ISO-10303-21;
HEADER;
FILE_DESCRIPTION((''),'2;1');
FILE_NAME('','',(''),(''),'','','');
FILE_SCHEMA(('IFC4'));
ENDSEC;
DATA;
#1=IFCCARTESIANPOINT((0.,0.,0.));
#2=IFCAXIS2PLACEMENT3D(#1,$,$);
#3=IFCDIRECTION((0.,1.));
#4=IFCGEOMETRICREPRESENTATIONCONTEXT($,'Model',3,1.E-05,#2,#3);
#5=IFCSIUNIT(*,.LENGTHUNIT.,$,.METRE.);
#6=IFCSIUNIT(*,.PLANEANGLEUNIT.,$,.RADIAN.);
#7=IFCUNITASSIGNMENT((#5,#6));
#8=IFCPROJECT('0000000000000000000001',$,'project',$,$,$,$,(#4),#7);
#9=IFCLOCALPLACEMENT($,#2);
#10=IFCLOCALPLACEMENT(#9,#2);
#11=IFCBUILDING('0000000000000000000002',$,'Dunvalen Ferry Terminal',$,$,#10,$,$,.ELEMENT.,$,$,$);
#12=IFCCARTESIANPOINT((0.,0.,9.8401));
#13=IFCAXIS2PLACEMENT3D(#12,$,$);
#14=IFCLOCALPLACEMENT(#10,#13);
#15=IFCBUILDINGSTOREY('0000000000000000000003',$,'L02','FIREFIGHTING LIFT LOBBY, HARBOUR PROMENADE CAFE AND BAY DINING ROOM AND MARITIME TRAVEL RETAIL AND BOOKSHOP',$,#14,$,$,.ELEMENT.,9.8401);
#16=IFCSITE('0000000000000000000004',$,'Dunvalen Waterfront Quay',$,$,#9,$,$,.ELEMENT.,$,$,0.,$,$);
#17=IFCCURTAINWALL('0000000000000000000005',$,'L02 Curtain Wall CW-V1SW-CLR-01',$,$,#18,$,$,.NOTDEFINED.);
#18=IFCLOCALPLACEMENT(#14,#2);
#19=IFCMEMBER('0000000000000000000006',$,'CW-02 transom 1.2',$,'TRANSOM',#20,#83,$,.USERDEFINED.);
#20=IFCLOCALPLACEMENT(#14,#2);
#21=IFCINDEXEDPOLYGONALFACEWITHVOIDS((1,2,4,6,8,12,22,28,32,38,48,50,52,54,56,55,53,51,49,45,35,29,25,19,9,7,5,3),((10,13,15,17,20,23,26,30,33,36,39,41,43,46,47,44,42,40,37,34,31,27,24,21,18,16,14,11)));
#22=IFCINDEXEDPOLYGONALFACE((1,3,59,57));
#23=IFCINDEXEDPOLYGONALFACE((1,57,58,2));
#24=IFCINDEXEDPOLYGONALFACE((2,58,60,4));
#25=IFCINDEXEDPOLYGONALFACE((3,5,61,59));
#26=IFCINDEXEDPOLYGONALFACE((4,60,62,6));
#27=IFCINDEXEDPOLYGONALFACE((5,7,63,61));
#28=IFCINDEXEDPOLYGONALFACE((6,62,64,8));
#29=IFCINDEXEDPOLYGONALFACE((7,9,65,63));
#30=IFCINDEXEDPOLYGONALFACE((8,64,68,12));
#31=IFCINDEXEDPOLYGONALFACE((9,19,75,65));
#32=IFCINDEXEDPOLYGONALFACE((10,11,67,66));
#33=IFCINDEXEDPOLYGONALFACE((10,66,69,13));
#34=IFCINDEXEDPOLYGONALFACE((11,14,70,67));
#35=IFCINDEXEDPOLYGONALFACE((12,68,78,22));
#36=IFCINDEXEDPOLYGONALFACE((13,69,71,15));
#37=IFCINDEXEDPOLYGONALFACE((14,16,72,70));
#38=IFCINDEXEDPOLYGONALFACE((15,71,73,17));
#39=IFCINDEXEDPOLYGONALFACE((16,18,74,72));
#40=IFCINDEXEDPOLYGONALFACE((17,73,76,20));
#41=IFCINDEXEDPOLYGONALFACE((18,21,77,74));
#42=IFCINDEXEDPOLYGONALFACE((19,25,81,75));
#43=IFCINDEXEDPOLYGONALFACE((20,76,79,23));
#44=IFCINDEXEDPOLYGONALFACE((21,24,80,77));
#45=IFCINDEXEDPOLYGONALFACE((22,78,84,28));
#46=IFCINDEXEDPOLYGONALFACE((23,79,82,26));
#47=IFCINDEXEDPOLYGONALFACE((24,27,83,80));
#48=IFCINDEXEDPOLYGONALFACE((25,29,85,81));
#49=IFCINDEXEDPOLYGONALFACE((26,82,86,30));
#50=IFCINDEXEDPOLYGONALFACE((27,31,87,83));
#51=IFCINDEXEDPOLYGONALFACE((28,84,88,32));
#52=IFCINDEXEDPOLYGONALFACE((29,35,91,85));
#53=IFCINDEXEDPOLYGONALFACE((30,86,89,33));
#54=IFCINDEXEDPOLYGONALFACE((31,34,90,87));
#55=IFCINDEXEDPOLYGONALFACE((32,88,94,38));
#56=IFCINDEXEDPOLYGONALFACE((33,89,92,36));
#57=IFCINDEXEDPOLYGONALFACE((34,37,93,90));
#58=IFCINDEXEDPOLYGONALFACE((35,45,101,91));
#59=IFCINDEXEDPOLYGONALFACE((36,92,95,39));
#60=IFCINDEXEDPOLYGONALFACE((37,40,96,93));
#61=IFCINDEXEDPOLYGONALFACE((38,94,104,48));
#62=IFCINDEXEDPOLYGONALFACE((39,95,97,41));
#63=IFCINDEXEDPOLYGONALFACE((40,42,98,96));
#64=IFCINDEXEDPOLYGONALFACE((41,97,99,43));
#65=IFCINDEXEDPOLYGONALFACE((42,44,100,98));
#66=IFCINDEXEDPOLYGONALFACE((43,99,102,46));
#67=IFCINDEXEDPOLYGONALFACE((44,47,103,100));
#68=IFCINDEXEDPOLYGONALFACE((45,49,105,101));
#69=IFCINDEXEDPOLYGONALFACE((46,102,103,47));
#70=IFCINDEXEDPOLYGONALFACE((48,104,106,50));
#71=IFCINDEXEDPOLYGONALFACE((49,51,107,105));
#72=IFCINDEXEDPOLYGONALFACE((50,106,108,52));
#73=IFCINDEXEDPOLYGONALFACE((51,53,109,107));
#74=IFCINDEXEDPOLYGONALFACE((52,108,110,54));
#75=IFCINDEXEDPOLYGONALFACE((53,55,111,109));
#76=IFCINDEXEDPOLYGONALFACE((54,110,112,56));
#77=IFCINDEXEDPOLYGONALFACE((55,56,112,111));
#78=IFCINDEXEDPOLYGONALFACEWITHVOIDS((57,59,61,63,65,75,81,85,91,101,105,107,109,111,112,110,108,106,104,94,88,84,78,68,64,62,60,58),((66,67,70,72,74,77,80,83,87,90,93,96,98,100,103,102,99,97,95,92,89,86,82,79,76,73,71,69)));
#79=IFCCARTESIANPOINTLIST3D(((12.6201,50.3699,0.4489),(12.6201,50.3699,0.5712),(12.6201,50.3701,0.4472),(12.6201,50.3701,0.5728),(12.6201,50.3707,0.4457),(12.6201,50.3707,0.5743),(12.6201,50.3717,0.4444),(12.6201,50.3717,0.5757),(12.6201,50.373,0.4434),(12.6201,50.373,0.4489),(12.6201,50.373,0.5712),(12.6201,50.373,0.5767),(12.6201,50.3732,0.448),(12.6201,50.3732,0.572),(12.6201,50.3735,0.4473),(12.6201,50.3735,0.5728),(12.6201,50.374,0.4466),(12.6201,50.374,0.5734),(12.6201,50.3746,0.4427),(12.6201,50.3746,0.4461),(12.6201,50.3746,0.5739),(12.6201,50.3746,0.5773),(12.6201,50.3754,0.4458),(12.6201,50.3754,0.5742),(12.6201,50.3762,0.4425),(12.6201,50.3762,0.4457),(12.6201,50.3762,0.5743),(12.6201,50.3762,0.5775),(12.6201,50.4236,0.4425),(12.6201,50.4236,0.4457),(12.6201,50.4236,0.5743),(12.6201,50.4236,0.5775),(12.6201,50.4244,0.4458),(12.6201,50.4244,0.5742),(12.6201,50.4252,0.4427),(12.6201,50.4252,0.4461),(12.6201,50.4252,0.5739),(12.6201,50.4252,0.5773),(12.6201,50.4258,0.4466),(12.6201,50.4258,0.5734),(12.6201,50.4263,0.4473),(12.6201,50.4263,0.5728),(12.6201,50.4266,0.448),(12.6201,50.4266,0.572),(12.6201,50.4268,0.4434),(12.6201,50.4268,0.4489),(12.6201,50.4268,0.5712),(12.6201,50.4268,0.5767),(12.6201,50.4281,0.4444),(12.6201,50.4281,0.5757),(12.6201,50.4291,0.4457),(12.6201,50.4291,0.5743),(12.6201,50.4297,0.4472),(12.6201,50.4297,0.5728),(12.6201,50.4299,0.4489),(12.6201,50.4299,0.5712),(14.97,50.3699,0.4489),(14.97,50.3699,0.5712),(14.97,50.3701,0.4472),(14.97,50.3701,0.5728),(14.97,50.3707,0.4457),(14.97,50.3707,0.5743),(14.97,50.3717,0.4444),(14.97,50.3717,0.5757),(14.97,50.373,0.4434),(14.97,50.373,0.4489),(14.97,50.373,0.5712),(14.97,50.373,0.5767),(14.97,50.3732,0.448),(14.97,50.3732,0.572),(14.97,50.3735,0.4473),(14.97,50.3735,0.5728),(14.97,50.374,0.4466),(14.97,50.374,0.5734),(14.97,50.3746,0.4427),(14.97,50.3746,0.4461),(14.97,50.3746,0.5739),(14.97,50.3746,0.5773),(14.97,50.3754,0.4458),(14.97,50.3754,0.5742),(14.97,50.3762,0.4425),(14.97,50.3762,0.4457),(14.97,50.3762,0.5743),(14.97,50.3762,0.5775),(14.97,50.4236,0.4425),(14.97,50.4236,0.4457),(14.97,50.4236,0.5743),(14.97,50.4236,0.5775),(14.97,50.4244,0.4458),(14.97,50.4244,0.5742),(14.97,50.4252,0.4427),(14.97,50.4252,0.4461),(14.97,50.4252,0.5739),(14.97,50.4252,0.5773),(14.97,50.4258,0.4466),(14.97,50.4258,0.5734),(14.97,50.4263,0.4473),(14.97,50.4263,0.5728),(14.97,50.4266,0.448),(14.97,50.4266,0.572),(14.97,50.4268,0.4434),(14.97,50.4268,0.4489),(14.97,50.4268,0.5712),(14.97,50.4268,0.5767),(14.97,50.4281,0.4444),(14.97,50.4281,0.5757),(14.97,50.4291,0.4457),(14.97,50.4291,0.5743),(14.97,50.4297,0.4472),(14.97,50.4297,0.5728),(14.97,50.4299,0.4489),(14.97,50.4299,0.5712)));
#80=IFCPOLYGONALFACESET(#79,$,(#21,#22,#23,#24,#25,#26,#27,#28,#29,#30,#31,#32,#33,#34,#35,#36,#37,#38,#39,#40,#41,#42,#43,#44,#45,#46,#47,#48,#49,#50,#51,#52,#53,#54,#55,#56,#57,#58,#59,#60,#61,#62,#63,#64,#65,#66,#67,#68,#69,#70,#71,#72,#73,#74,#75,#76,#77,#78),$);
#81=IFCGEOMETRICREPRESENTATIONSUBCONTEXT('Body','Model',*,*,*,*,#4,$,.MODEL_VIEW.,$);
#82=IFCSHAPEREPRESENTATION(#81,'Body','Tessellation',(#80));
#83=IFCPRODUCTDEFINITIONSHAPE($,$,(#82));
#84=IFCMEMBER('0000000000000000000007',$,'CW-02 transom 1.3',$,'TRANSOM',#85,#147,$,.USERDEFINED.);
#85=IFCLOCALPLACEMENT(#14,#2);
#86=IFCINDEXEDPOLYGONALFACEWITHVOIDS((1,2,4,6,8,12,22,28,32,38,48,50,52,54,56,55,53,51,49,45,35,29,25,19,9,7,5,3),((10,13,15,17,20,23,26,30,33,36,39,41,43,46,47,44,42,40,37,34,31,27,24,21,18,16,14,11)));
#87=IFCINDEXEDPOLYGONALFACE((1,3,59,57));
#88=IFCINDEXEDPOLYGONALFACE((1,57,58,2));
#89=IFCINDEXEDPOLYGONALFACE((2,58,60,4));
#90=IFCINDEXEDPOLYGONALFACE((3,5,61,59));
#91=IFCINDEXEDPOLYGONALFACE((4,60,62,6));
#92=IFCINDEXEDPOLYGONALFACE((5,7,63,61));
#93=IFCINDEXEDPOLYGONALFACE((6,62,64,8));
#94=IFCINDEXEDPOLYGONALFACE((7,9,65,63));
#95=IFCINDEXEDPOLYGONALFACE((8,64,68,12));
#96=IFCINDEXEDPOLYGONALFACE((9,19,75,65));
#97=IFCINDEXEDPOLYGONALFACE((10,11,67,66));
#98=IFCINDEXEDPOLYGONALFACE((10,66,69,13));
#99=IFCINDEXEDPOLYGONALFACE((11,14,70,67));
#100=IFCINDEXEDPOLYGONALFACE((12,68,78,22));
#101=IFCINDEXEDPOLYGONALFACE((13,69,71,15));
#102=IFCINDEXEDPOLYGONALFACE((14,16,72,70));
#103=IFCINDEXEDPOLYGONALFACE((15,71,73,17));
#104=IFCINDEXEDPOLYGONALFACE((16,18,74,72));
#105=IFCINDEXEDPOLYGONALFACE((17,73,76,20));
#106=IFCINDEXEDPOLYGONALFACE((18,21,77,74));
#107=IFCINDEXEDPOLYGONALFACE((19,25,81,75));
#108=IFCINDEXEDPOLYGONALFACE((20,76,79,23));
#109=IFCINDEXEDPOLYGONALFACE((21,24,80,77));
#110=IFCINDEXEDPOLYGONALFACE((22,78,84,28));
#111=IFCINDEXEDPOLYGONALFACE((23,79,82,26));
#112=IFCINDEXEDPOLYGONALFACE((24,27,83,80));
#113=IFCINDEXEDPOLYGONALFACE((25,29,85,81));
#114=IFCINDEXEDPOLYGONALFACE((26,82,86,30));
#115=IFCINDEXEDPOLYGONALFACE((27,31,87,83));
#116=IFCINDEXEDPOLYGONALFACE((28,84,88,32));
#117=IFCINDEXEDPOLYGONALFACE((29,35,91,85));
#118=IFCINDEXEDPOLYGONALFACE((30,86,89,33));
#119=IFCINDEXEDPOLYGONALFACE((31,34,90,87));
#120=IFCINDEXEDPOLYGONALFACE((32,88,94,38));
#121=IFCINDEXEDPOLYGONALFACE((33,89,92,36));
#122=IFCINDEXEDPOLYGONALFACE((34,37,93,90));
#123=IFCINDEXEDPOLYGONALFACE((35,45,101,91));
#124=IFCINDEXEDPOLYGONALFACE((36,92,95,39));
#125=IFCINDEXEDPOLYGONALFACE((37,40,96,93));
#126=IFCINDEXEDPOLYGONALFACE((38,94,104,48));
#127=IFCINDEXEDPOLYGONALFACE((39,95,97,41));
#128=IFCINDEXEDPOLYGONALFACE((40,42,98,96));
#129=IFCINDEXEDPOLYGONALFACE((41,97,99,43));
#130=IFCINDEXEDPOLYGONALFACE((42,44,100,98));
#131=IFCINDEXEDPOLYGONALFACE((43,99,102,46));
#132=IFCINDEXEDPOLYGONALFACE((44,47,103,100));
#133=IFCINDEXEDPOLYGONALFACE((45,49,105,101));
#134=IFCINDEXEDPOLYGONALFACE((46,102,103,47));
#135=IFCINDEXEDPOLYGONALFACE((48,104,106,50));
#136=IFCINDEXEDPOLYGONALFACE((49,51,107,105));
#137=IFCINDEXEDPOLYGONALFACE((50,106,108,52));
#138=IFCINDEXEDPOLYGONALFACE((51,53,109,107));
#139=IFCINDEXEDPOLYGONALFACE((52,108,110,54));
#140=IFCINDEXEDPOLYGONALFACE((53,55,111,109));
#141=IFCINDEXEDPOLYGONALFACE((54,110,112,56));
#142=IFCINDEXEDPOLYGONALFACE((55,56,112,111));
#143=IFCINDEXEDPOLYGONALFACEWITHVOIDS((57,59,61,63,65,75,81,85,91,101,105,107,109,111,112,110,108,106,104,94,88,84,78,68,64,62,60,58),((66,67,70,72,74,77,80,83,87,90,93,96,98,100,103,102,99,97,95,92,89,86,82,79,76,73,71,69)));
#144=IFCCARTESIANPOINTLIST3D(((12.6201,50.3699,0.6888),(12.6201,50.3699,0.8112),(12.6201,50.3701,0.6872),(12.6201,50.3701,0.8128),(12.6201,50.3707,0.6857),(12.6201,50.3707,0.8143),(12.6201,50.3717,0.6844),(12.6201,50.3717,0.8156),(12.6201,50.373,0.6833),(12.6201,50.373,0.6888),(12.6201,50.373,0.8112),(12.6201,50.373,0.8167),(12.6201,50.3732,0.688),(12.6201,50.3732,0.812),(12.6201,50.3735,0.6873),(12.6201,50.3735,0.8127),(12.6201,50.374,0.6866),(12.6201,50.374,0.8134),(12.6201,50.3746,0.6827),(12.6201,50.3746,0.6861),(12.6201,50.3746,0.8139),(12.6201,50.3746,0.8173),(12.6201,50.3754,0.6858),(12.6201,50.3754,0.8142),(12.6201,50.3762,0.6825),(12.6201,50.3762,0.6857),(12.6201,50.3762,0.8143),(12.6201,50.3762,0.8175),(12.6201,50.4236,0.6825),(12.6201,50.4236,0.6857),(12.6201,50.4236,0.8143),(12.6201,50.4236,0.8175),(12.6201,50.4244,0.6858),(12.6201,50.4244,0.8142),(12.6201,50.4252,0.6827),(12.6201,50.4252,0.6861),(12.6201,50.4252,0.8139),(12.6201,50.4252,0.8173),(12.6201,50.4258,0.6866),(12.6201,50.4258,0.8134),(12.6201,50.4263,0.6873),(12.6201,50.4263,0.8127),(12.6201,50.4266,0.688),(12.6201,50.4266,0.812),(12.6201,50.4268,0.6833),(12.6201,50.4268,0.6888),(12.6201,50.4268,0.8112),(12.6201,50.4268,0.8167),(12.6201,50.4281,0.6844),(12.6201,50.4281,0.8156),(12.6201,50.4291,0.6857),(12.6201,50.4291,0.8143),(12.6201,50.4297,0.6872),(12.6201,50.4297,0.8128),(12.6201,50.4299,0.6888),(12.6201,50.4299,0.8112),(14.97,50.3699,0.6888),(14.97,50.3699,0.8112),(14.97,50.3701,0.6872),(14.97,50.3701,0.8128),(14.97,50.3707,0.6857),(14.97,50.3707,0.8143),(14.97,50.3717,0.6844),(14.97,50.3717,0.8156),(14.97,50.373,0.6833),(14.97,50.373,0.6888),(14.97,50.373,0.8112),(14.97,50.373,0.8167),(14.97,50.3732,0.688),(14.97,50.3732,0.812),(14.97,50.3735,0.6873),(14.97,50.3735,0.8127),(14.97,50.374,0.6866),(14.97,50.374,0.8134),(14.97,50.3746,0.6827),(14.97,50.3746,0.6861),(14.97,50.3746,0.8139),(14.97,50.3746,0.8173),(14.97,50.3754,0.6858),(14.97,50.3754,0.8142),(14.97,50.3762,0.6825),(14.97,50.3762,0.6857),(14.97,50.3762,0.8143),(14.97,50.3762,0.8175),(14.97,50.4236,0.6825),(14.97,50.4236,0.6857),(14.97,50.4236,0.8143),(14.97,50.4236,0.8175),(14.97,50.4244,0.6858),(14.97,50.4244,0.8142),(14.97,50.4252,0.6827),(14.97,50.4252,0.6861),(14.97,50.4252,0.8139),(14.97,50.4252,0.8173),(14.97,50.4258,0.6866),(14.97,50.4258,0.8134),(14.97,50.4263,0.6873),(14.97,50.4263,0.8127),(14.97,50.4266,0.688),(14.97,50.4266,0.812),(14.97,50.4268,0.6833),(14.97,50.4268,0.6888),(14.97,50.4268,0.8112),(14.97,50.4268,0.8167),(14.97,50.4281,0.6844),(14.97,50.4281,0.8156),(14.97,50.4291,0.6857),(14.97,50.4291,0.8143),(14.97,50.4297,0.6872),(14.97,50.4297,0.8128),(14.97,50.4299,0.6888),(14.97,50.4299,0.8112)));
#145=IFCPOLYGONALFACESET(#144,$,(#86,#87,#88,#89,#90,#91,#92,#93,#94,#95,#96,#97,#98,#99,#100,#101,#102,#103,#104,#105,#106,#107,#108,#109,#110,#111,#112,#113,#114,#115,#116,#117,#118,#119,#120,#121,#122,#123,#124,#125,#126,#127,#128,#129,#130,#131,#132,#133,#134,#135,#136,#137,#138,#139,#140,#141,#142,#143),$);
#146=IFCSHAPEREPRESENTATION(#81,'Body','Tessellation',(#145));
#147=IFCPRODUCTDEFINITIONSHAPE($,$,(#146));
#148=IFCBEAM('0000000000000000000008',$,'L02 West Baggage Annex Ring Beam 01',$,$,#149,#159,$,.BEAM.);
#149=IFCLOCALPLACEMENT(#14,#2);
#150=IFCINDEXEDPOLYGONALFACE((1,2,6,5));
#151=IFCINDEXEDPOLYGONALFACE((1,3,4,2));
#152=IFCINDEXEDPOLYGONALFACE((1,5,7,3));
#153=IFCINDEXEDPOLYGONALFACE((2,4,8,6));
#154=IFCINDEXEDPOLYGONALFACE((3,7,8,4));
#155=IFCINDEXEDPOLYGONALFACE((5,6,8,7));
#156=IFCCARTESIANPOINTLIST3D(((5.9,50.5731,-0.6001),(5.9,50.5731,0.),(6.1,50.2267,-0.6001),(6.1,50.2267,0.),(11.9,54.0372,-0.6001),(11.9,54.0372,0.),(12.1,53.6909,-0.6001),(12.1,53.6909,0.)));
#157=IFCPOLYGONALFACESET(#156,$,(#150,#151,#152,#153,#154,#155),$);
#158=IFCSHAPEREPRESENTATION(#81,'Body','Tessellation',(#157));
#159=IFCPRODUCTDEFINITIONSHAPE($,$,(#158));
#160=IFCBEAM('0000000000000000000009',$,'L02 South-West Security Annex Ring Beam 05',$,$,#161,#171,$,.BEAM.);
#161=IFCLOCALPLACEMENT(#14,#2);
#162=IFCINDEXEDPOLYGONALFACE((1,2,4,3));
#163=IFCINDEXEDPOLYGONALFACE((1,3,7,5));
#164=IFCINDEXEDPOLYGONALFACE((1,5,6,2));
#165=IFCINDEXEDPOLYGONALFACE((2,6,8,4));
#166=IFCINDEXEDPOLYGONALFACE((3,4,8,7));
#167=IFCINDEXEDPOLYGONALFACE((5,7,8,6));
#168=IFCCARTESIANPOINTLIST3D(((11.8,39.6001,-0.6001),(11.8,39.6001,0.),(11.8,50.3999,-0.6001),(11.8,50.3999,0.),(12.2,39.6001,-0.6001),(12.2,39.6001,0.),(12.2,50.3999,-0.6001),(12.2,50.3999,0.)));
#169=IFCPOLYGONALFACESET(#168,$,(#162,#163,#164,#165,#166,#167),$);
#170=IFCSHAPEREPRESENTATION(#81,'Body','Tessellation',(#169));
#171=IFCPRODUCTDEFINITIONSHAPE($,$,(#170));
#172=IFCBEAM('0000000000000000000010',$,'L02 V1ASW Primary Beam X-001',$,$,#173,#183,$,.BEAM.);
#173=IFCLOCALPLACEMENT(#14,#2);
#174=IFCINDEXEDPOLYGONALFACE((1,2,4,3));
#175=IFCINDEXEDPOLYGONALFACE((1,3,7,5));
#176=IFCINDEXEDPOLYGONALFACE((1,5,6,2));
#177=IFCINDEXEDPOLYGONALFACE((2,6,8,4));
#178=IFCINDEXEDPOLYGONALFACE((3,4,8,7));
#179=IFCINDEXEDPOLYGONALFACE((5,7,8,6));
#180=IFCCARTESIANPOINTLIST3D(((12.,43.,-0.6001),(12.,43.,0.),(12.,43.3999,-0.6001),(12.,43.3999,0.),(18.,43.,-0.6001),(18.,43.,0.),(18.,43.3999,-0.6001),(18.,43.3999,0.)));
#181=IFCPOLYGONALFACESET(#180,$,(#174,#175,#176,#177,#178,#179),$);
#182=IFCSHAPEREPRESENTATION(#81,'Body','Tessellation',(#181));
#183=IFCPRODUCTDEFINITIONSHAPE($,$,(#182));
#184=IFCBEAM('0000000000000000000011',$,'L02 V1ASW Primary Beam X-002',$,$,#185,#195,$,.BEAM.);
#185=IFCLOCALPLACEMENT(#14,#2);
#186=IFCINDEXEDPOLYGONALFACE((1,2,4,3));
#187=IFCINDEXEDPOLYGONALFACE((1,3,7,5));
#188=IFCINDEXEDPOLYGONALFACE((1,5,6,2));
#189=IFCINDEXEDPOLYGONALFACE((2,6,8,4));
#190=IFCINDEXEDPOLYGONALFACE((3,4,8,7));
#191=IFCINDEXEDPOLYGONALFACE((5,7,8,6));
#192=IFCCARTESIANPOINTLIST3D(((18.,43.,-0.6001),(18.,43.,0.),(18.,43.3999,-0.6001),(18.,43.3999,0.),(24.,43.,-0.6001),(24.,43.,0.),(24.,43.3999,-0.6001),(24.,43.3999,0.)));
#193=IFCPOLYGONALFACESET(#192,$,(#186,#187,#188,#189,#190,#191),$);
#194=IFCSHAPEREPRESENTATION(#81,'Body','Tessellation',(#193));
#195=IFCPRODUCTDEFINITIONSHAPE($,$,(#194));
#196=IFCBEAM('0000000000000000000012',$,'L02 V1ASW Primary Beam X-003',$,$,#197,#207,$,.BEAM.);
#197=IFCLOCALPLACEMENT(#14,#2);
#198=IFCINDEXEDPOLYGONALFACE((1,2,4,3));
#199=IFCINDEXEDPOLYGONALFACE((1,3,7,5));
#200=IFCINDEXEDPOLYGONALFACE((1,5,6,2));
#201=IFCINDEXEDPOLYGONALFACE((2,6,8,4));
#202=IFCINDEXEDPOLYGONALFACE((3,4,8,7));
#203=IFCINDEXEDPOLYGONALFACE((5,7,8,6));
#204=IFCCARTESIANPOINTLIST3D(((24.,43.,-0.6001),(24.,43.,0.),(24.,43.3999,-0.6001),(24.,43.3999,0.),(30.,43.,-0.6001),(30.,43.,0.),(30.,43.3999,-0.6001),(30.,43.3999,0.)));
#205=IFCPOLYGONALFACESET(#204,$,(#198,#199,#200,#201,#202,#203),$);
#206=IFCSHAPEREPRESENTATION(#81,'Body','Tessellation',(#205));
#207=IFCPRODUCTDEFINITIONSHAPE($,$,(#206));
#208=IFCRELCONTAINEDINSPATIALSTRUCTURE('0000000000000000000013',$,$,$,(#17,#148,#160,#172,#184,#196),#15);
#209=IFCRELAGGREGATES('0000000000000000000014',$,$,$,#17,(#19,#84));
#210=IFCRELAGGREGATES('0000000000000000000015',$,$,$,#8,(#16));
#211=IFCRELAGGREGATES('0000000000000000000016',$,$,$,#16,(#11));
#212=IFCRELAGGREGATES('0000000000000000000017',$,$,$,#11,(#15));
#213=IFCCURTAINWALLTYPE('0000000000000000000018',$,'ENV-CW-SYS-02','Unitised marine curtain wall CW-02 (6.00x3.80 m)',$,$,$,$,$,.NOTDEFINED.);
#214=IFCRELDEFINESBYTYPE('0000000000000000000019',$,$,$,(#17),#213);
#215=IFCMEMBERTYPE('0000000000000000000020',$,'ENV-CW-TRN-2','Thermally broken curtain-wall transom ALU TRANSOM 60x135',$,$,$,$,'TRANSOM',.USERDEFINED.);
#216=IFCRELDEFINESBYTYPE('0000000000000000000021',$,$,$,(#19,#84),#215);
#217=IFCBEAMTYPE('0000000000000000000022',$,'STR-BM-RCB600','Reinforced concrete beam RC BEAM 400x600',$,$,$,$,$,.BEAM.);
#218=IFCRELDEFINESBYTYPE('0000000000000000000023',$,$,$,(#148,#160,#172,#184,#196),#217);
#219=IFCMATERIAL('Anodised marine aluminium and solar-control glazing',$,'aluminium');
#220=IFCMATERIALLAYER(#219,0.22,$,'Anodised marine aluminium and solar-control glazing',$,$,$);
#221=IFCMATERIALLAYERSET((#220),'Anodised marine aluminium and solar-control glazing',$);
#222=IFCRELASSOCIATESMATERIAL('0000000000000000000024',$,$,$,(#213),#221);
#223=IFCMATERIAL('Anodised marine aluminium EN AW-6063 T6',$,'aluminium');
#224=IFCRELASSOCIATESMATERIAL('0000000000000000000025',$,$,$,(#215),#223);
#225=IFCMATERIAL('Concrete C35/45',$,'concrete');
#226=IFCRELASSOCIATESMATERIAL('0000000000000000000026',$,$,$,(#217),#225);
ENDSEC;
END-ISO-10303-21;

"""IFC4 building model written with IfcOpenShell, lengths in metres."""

from ifc_helpers import new_model, si_unit, direction, frame, origin, origin_2d, place, context, subcontext, project, spatial, rectangle, hollow_rectangle, extrude, material, layer, layer_set, material_profile, profile_set, type_object, element, aggregate, save


model = new_model("IFC4")

# Units and contexts
model_context = context("Model", 3, precision=1e-05, world=origin(), true_north=direction((0.0, 1.0)))
body_context = subcontext(model_context, "Body", "Model", "MODEL_VIEW")
ifc_project = project(units=[si_unit("LENGTHUNIT", "METRE"), si_unit("PLANEANGLEUNIT", "RADIAN")], contexts=[model_context])

# Site, building, storey
site_placement = place(None, origin())
site = spatial("IfcSite", under=ifc_project, at=site_placement, Name="Dunvalen Waterfront Quay", CompositionType="ELEMENT", RefElevation=0.0)
building_placement = place(site_placement, origin())
building = spatial("IfcBuilding", under=site, at=building_placement, Name="Dunvalen Ferry Terminal", CompositionType="ELEMENT")
storey_placement = place(building_placement, frame((0.0, 0.0, 9.8401)))
storey = spatial("IfcBuildingStorey", under=building, at=storey_placement, Name="L02", Description="FIREFIGHTING LIFT LOBBY, HARBOUR PROMENADE CAFE AND BAY DINING ROOM AND MARITIME TRAVEL RETAIL AND BOOKSHOP", CompositionType="ELEMENT", Elevation=9.8401)

# Curtain wall, members
ifc_material_1 = material(Name="Anodised marine aluminium and solar-control glazing", Category="aluminium")
ifc_layer_1 = layer(ifc_material_1, 0.22, Name="Anodised marine aluminium and solar-control glazing")
ifc_layer_set_1 = layer_set([ifc_layer_1], Name="Anodised marine aluminium and solar-control glazing")
curtain_wall_type = type_object("IfcCurtainWallType", Name="ENV-CW-SYS-02", Description="Unitised marine curtain wall CW-02 (6.00x3.80 m)", PredefinedType="NOTDEFINED", material=ifc_layer_set_1)
curtain_wall_placement = place(storey_placement, origin())
curtain_wall = element("IfcCurtainWall", 1, at=curtain_wall_placement, inside=storey, type_object=curtain_wall_type, Name="L02 Curtain Wall CW-V1SW-CLR-01", PredefinedType="NOTDEFINED")
ifc_material_2 = material(Name="Anodised marine aluminium EN AW-6063 T6", Category="aluminium")
ifc_material_profile_1 = material_profile(ifc_material_2, hollow_rectangle(XDim=0.0601, YDim=0.135, WallThickness=0.0032, InnerFilletRadius=0.0032, OuterFilletRadius=0.0063, at=origin_2d()), Name="Anodised marine aluminium EN AW-6063 T6")
ifc_profile_set_1 = profile_set([ifc_material_profile_1], Name="Anodised marine aluminium EN AW-6063 T6")
member_type_1 = type_object("IfcMemberType", Name="ENV-CW-TRN-2", Description="Thermally broken curtain-wall transom ALU TRANSOM 60x135", ElementType="TRANSOM", PredefinedType="USERDEFINED", material=ifc_profile_set_1)
member_1_placement = place(storey_placement, frame((12.6201, 50.3999, 0.51), z_axis=(1.0, 0.0, 0.0), x_axis=(0.0, 1.0, 0.0)))
member_1 = element("IfcMember", 2, at=member_1_placement, type_object=member_type_1, Name="CW-02 transom 1.2", ObjectType="TRANSOM", PredefinedType="USERDEFINED", context=body_context, shape_type="SweptSolid", body=[
    extrude(hollow_rectangle(XDim=0.0601, YDim=0.135, WallThickness=0.0032, InnerFilletRadius=0.0032, OuterFilletRadius=0.0063, at=origin_2d()), origin(), (0.0, 0.0, 1.0), 2.3499),
])
member_2_placement = place(storey_placement, frame((12.6201, 50.3999, 0.75), z_axis=(1.0, 0.0, 0.0), x_axis=(0.0, 1.0, 0.0)))
member_2 = element("IfcMember", 3, at=member_2_placement, type_object=member_type_1, Name="CW-02 transom 1.3", ObjectType="TRANSOM", PredefinedType="USERDEFINED", context=body_context, shape_type="SweptSolid", body=[
    extrude(hollow_rectangle(XDim=0.0601, YDim=0.135, WallThickness=0.0032, InnerFilletRadius=0.0032, OuterFilletRadius=0.0063, at=origin_2d()), origin(), (0.0, 0.0, 1.0), 2.3499),
])

# Beams
ifc_material_3 = material(Name="Concrete C35/45", Category="concrete")
ifc_material_profile_2 = material_profile(ifc_material_3, rectangle(XDim=0.3999, YDim=0.6001, at=origin_2d()), Name="Concrete C35/45")
ifc_profile_set_2 = profile_set([ifc_material_profile_2], Name="Concrete C35/45")
beam_type_1 = type_object("IfcBeamType", Name="STR-BM-RCB600", Description="Reinforced concrete beam RC BEAM 400x600", PredefinedType="BEAM", material=ifc_profile_set_2)
beam_1_placement = place(storey_placement, frame((6.0, 50.3999, -0.3), z_axis=(0.866025, 0.500001, 0.0), x_axis=(-0.500001, 0.866025, 0.0)))
element("IfcBeam", 4, at=beam_1_placement, inside=storey, type_object=beam_type_1, Name="L02 West Baggage Annex Ring Beam 01", PredefinedType="BEAM", context=body_context, shape_type="SweptSolid", body=[
    extrude(rectangle(XDim=0.3999, YDim=0.6001, at=origin_2d()), origin(), (0.0, 0.0, 1.0), 6.9282),
])
beam_2_placement = place(storey_placement, frame((12.0, 50.3999, -0.3), z_axis=(0.0, -1.0, 0.0), x_axis=(1.0, 0.0, 0.0)))
element("IfcBeam", 5, at=beam_2_placement, inside=storey, type_object=beam_type_1, Name="L02 South-West Security Annex Ring Beam 05", PredefinedType="BEAM", context=body_context, shape_type="SweptSolid", body=[
    extrude(rectangle(XDim=0.3999, YDim=0.6001, at=origin_2d()), origin(), (0.0, 0.0, 1.0), 10.7998),
])
for number, where, z_axis, x_axis, name in (
    (6, (12.0, 43.2, -0.3), (1.0, 0.0, 0.0), (0.0, 1.0, 0.0), "L02 V1ASW Primary Beam X-001"),
    (7, (18.0, 43.2, -0.3), (1.0, 0.0, 0.0), (0.0, 1.0, 0.0), "L02 V1ASW Primary Beam X-002"),
    (8, (24.0, 43.2, -0.3), (1.0, 0.0, 0.0), (0.0, 1.0, 0.0), "L02 V1ASW Primary Beam X-003"),
):
    element("IfcBeam", number, at=place(storey_placement, frame(where, z_axis=z_axis, x_axis=x_axis)), inside=storey, type_object=beam_type_1, Name=name, PredefinedType="BEAM", context=body_context, shape_type="SweptSolid", body=[
        extrude(rectangle(XDim=0.3999, YDim=0.6001, at=origin_2d()), origin(), (0.0, 0.0, 1.0), 6.0),
    ])

aggregate(curtain_wall, [member_1, member_2])

save(model, "model.ifc")
